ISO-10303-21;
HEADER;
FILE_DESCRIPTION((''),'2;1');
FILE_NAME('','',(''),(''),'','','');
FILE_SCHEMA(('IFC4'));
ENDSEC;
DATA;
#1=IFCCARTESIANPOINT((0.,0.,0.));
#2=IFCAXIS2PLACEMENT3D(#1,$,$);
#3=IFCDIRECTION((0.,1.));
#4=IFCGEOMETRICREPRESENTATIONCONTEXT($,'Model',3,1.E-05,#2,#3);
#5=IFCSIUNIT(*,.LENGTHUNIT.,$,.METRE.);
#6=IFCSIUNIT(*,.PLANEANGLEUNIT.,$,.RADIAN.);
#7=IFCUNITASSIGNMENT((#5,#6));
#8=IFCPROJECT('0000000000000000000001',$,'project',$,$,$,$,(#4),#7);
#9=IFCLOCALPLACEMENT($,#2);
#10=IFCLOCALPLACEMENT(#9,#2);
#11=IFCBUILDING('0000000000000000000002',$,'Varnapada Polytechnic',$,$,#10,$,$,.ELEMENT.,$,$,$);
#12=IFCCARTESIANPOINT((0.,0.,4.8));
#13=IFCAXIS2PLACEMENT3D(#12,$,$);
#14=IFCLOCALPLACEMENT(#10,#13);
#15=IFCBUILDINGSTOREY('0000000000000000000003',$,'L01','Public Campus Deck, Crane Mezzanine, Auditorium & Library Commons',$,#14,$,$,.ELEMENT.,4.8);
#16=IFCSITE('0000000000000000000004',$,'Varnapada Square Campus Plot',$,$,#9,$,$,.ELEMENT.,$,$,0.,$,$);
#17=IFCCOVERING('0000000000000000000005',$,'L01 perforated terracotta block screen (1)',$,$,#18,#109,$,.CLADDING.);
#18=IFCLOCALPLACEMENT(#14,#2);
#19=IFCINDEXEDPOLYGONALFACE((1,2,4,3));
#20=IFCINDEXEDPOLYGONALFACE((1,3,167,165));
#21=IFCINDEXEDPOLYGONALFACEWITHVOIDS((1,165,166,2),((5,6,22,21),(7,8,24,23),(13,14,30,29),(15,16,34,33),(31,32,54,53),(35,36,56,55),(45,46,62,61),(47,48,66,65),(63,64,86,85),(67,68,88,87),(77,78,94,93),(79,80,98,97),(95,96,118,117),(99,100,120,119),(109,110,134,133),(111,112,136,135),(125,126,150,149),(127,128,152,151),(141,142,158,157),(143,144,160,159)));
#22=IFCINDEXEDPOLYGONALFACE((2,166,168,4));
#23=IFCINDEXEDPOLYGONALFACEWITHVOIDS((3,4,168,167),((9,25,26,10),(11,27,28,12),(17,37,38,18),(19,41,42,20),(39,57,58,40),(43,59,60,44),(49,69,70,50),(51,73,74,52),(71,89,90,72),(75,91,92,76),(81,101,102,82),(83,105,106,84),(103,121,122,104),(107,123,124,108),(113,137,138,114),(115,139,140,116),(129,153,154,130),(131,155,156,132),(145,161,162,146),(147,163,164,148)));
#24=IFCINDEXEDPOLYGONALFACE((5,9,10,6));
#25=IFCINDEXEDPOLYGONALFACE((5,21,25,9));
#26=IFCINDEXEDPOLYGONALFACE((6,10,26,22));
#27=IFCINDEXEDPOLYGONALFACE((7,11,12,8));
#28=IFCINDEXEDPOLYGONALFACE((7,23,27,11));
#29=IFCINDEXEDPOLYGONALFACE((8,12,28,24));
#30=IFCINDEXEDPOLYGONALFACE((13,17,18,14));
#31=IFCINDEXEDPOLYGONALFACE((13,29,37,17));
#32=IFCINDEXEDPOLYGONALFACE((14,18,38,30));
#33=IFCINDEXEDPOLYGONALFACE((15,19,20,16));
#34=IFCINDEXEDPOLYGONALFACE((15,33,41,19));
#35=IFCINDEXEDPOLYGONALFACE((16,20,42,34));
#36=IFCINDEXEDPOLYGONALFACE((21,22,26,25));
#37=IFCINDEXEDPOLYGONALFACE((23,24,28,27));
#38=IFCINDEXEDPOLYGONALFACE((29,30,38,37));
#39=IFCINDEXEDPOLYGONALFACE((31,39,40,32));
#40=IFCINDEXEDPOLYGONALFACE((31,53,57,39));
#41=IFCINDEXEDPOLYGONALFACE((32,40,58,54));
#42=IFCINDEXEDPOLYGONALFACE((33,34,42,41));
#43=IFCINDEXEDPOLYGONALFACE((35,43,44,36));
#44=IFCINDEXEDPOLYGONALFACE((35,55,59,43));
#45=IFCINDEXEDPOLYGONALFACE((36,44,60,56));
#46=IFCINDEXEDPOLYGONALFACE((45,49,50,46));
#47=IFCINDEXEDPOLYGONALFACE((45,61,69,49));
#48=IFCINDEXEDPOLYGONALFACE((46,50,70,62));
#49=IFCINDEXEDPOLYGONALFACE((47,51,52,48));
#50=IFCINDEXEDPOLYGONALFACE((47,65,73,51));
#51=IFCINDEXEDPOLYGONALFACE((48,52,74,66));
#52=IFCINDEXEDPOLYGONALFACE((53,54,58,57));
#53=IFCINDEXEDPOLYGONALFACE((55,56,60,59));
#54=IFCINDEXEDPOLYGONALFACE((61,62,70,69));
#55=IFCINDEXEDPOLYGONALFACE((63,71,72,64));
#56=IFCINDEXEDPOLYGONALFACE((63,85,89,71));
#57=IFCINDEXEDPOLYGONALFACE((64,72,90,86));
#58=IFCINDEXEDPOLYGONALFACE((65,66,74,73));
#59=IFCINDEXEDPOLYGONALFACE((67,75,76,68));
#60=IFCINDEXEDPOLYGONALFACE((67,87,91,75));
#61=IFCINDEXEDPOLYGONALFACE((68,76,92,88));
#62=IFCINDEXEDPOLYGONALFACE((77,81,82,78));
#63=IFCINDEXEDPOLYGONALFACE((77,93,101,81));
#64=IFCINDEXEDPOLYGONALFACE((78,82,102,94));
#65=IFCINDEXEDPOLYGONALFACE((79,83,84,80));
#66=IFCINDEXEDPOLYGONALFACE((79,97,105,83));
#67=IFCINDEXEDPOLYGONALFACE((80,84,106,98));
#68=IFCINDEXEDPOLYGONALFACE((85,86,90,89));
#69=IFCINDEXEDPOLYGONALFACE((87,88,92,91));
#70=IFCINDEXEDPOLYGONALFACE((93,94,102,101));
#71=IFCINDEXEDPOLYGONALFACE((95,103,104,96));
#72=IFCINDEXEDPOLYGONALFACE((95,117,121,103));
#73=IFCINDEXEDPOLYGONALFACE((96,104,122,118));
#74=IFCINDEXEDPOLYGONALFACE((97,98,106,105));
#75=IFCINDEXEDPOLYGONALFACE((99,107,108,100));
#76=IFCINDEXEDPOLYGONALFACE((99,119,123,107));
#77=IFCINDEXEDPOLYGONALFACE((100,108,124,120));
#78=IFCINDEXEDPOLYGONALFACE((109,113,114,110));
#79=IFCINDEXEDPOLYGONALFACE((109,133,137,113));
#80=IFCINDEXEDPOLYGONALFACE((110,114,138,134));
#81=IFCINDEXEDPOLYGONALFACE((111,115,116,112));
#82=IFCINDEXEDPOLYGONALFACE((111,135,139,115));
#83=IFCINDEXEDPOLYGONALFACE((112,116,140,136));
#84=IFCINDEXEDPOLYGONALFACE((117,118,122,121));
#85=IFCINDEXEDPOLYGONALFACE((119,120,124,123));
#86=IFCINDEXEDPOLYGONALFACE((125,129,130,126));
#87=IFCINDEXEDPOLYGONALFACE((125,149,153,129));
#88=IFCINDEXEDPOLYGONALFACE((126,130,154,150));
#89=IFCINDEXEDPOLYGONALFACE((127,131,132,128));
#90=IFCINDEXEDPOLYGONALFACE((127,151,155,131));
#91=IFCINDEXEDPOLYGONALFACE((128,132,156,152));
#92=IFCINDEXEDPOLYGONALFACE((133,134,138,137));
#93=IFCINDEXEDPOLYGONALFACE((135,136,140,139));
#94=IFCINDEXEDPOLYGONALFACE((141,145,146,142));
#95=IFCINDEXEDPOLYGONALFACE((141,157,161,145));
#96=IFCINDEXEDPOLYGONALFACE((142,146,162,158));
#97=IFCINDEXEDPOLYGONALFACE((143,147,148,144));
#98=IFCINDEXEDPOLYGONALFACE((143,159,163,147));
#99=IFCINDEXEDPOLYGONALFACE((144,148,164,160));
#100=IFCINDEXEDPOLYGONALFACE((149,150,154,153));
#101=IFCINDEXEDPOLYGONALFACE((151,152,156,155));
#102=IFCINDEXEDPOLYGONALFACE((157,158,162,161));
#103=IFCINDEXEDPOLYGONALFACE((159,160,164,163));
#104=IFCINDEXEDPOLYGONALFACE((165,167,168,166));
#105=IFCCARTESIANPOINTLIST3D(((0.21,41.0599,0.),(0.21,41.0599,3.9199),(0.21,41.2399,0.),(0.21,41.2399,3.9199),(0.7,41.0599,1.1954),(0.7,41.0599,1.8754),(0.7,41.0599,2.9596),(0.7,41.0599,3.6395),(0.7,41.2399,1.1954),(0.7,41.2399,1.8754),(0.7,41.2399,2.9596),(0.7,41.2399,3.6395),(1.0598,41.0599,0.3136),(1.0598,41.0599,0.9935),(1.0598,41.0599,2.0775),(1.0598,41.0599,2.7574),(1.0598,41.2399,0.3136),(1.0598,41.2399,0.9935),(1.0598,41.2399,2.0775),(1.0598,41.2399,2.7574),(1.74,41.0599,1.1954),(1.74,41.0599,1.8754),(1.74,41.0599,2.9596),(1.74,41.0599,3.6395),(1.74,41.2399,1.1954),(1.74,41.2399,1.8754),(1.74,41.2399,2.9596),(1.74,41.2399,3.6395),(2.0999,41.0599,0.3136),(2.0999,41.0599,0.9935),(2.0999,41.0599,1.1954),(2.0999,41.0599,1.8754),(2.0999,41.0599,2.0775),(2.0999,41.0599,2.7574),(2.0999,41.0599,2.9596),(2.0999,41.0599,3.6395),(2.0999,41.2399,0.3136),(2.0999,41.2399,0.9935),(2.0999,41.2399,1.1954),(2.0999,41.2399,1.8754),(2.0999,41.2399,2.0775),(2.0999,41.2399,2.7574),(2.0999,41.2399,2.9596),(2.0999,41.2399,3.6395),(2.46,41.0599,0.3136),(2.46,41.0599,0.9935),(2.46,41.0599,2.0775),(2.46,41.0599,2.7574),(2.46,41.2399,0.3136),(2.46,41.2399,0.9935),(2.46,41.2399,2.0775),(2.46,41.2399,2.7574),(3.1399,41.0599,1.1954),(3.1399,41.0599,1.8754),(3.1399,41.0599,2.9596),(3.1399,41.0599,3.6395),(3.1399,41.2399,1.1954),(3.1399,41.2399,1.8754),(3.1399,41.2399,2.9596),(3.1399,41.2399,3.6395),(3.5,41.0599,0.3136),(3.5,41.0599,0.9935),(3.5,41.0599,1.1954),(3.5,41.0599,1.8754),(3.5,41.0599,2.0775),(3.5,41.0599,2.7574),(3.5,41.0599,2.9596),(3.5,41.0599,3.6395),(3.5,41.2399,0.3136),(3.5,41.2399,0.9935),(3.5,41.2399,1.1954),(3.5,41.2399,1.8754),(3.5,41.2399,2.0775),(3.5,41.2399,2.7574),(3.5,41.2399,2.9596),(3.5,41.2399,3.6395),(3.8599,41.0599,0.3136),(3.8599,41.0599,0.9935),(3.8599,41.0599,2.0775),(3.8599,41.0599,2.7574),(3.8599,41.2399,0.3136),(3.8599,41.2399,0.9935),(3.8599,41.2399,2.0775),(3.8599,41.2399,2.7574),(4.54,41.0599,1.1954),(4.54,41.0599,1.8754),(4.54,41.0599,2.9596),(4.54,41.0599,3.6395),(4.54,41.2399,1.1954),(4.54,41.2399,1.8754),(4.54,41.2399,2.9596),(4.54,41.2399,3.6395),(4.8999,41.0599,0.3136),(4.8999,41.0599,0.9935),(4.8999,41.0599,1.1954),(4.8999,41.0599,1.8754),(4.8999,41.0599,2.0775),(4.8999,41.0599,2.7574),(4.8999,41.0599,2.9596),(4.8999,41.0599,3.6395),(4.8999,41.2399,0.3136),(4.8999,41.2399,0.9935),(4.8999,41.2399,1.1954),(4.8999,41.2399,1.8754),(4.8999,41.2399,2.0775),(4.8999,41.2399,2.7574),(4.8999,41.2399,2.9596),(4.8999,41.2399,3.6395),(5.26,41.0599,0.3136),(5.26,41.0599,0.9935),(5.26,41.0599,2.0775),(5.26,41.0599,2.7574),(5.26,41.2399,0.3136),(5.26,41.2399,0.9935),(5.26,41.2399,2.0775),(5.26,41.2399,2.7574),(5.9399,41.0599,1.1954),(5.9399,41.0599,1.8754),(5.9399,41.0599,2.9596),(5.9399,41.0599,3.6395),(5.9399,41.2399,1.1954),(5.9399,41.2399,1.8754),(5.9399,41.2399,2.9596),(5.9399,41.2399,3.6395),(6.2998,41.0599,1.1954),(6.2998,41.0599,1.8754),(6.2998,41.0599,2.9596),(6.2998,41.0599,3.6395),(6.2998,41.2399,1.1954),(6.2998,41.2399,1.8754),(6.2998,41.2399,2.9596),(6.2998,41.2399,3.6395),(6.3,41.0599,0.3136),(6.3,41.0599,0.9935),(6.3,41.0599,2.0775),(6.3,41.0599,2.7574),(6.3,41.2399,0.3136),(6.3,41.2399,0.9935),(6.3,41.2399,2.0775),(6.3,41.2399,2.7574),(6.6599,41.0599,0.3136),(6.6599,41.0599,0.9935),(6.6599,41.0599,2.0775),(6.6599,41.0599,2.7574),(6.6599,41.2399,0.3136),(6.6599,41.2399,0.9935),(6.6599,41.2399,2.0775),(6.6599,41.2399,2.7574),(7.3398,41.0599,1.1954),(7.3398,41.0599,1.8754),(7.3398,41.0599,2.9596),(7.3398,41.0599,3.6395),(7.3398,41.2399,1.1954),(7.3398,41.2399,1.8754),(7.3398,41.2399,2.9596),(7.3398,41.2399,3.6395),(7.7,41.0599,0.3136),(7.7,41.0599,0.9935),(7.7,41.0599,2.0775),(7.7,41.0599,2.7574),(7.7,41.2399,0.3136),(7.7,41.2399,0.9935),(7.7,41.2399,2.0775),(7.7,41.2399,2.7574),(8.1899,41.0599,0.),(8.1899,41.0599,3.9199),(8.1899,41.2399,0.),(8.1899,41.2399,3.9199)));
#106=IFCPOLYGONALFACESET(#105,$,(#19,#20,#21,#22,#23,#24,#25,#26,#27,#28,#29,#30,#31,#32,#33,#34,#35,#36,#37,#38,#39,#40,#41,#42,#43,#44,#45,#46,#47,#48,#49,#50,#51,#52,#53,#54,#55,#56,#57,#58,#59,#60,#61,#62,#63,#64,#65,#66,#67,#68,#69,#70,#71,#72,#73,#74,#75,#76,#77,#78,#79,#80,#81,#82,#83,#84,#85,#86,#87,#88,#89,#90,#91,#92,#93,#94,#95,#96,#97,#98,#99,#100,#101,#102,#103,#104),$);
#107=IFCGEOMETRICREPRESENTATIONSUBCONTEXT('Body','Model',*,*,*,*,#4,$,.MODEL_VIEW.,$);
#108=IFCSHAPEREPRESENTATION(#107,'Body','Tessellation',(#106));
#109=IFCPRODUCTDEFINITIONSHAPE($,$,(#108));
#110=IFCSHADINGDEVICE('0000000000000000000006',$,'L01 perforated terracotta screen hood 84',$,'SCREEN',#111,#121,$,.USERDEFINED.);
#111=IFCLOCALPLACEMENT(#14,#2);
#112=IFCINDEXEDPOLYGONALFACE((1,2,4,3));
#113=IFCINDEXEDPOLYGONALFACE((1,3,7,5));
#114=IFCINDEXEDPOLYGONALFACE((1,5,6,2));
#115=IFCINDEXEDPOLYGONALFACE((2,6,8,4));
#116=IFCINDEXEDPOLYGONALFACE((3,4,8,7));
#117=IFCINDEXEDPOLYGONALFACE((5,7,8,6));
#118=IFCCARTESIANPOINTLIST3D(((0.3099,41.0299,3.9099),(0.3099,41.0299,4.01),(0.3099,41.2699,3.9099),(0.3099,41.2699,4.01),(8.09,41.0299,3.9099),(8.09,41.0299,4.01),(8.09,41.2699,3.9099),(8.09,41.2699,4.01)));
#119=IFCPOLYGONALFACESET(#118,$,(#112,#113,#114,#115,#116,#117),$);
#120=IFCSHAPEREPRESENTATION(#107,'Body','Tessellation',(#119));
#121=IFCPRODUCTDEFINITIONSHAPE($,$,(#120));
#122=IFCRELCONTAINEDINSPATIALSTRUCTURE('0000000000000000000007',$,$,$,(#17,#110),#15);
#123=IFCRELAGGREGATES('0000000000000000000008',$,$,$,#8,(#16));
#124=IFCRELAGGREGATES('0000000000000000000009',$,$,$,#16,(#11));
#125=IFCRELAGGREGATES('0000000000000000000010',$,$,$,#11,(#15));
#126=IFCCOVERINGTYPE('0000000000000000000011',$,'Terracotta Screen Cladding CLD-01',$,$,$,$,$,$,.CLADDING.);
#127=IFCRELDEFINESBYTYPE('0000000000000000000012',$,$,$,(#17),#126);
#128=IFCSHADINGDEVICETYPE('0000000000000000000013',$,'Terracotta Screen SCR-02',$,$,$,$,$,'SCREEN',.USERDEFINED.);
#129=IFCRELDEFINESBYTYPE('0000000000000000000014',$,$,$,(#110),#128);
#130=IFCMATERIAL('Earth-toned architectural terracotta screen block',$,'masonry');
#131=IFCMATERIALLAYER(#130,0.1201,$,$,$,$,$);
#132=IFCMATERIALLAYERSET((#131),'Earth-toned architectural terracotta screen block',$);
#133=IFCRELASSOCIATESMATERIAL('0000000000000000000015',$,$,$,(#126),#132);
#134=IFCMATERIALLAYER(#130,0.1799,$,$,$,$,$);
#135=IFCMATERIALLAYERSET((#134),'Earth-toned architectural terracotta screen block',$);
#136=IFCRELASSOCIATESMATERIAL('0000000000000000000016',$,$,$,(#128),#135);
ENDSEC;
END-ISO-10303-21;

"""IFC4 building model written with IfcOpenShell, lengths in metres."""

from ifc_helpers import new_model, si_unit, direction, frame, frame_2d, origin, origin_2d, place, context, subcontext, project, spatial, rectangle, extrude, material, layer, layer_set, type_object, element, save


model = new_model("IFC4")

# Units and contexts
model_context = context("Model", 3, precision=1e-05, world=origin(), true_north=direction((0.0, 1.0)))
body_context = subcontext(model_context, "Body", "Model", "MODEL_VIEW")
ifc_project = project(units=[si_unit("LENGTHUNIT", "METRE"), si_unit("PLANEANGLEUNIT", "RADIAN")], contexts=[model_context])

# Site, building, storey
site_placement = place(None, origin())
site = spatial("IfcSite", under=ifc_project, at=site_placement, Name="Varnapada Square Campus Plot", CompositionType="ELEMENT", RefElevation=0.0)
building_placement = place(site_placement, origin())
building = spatial("IfcBuilding", under=site, at=building_placement, Name="Varnapada Polytechnic", CompositionType="ELEMENT")
storey_placement = place(building_placement, frame((0.0, 0.0, 4.8)))
storey = spatial("IfcBuildingStorey", under=building, at=storey_placement, Name="L01", Description="Public Campus Deck, Crane Mezzanine, Auditorium & Library Commons", CompositionType="ELEMENT", Elevation=4.8)

# Covering, openings
ifc_material_1 = material(Name="Earth-toned architectural terracotta screen block", Category="masonry")
ifc_layer_1 = layer(ifc_material_1, 0.1201)
ifc_layer_set_1 = layer_set([ifc_layer_1], Name="Earth-toned architectural terracotta screen block")
covering_type = type_object("IfcCoveringType", Name="Terracotta Screen Cladding CLD-01", PredefinedType="CLADDING", material=ifc_layer_set_1)
covering_placement = place(storey_placement, frame((8.1899, 41.1499, 0.0), z_axis=(0.0, 0.0, 1.0), x_axis=(-1.0, 0.0, 0.0)))
covering = element("IfcCovering", 1, at=covering_placement, inside=storey, type_object=covering_type, Name="L01 perforated terracotta block screen (1)", PredefinedType="CLADDING", context=body_context, shape_type="SweptSolid", body=[
    extrude(rectangle(XDim=7.98, YDim=0.1799, at=frame_2d((3.99, 0.0))), origin(), (0.0, 0.0, 1.0), 3.9199),
])
opening_1_placement = place(covering_placement, frame((0.49, 0.0, 0.3137)))
element("IfcOpeningElement", 2, at=opening_1_placement, cuts=covering, PredefinedType="OPENING", context=body_context, shape_type="SweptSolid", body=[
    extrude(rectangle(XDim=1.04, YDim=0.6799, at=frame_2d((0.52, 0.3398))), frame((0.0, 0.0999, 0.0), z_axis=(0.0, -1.0, 0.0), x_axis=(1.0, 0.0, 0.0)), (0.0, 0.0, 1.0), 0.2),
])
opening_2_placement = place(covering_placement, frame((1.8899, 0.0, 0.3137)))
element("IfcOpeningElement", 3, at=opening_2_placement, cuts=covering, PredefinedType="OPENING", context=body_context, shape_type="SweptSolid", body=[
    extrude(rectangle(XDim=1.04, YDim=0.6799, at=frame_2d((0.52, 0.3398))), frame((0.0, 0.0999, 0.0), z_axis=(0.0, -1.0, 0.0), x_axis=(1.0, 0.0, 0.0)), (0.0, 0.0, 1.0), 0.2),
])
opening_3_placement = place(covering_placement, frame((3.29, 0.0, 0.3137)))
element("IfcOpeningElement", 4, at=opening_3_placement, cuts=covering, PredefinedType="OPENING", context=body_context, shape_type="SweptSolid", body=[
    extrude(rectangle(XDim=1.04, YDim=0.6799, at=frame_2d((0.52, 0.3398))), frame((0.0, 0.0999, 0.0), z_axis=(0.0, -1.0, 0.0), x_axis=(1.0, 0.0, 0.0)), (0.0, 0.0, 1.0), 0.2),
])
opening_4_placement = place(covering_placement, frame((4.6899, 0.0, 0.3137)))
element("IfcOpeningElement", 5, at=opening_4_placement, cuts=covering, PredefinedType="OPENING", context=body_context, shape_type="SweptSolid", body=[
    extrude(rectangle(XDim=1.04, YDim=0.6799, at=frame_2d((0.52, 0.3398))), frame((0.0, 0.0999, 0.0), z_axis=(0.0, -1.0, 0.0), x_axis=(1.0, 0.0, 0.0)), (0.0, 0.0, 1.0), 0.2),
])
opening_5_placement = place(covering_placement, frame((6.0901, 0.0, 0.3137)))
element("IfcOpeningElement", 6, at=opening_5_placement, cuts=covering, PredefinedType="OPENING", context=body_context, shape_type="SweptSolid", body=[
    extrude(rectangle(XDim=1.04, YDim=0.6799, at=frame_2d((0.52, 0.3398))), frame((0.0, 0.0999, 0.0), z_axis=(0.0, -1.0, 0.0), x_axis=(1.0, 0.0, 0.0)), (0.0, 0.0, 1.0), 0.2),
])
opening_6_placement = place(covering_placement, frame((0.8501, 0.0, 1.1956)))
element("IfcOpeningElement", 7, at=opening_6_placement, cuts=covering, PredefinedType="OPENING", context=body_context, shape_type="SweptSolid", body=[
    extrude(rectangle(XDim=1.04, YDim=0.6799, at=frame_2d((0.52, 0.3398))), frame((0.0, 0.0999, 0.0), z_axis=(0.0, -1.0, 0.0), x_axis=(1.0, 0.0, 0.0)), (0.0, 0.0, 1.0), 0.2),
])
opening_7_placement = place(covering_placement, frame((2.25, 0.0, 1.1956)))
element("IfcOpeningElement", 8, at=opening_7_placement, cuts=covering, PredefinedType="OPENING", context=body_context, shape_type="SweptSolid", body=[
    extrude(rectangle(XDim=1.04, YDim=0.6799, at=frame_2d((0.52, 0.3398))), frame((0.0, 0.0999, 0.0), z_axis=(0.0, -1.0, 0.0), x_axis=(1.0, 0.0, 0.0)), (0.0, 0.0, 1.0), 0.2),
])
opening_8_placement = place(covering_placement, frame((3.6499, 0.0, 1.1956)))
element("IfcOpeningElement", 9, at=opening_8_placement, cuts=covering, PredefinedType="OPENING", context=body_context, shape_type="SweptSolid", body=[
    extrude(rectangle(XDim=1.04, YDim=0.6799, at=frame_2d((0.52, 0.3398))), frame((0.0, 0.0999, 0.0), z_axis=(0.0, -1.0, 0.0), x_axis=(1.0, 0.0, 0.0)), (0.0, 0.0, 1.0), 0.2),
])
opening_9_placement = place(covering_placement, frame((5.05, 0.0, 1.1956)))
element("IfcOpeningElement", 10, at=opening_9_placement, cuts=covering, PredefinedType="OPENING", context=body_context, shape_type="SweptSolid", body=[
    extrude(rectangle(XDim=1.04, YDim=0.6799, at=frame_2d((0.52, 0.3398))), frame((0.0, 0.0999, 0.0), z_axis=(0.0, -1.0, 0.0), x_axis=(1.0, 0.0, 0.0)), (0.0, 0.0, 1.0), 0.2),
])
opening_10_placement = place(covering_placement, frame((6.45, 0.0, 1.1956)))
element("IfcOpeningElement", 11, at=opening_10_placement, cuts=covering, PredefinedType="OPENING", context=body_context, shape_type="SweptSolid", body=[
    extrude(rectangle(XDim=1.04, YDim=0.6799, at=frame_2d((0.52, 0.3398))), frame((0.0, 0.0999, 0.0), z_axis=(0.0, -1.0, 0.0), x_axis=(1.0, 0.0, 0.0)), (0.0, 0.0, 1.0), 0.2),
])
opening_11_placement = place(covering_placement, frame((0.49, 0.0, 2.0776)))
element("IfcOpeningElement", 12, at=opening_11_placement, cuts=covering, PredefinedType="OPENING", context=body_context, shape_type="SweptSolid", body=[
    extrude(rectangle(XDim=1.04, YDim=0.6799, at=frame_2d((0.52, 0.3398))), frame((0.0, 0.0999, 0.0), z_axis=(0.0, -1.0, 0.0), x_axis=(1.0, 0.0, 0.0)), (0.0, 0.0, 1.0), 0.2),
])
opening_12_placement = place(covering_placement, frame((1.8899, 0.0, 2.0776)))
element("IfcOpeningElement", 13, at=opening_12_placement, cuts=covering, PredefinedType="OPENING", context=body_context, shape_type="SweptSolid", body=[
    extrude(rectangle(XDim=1.04, YDim=0.6799, at=frame_2d((0.52, 0.3398))), frame((0.0, 0.0999, 0.0), z_axis=(0.0, -1.0, 0.0), x_axis=(1.0, 0.0, 0.0)), (0.0, 0.0, 1.0), 0.2),
])
opening_13_placement = place(covering_placement, frame((3.29, 0.0, 2.0776)))
element("IfcOpeningElement", 14, at=opening_13_placement, cuts=covering, PredefinedType="OPENING", context=body_context, shape_type="SweptSolid", body=[
    extrude(rectangle(XDim=1.04, YDim=0.6799, at=frame_2d((0.52, 0.3398))), frame((0.0, 0.0999, 0.0), z_axis=(0.0, -1.0, 0.0), x_axis=(1.0, 0.0, 0.0)), (0.0, 0.0, 1.0), 0.2),
])
opening_14_placement = place(covering_placement, frame((4.6899, 0.0, 2.0776)))
element("IfcOpeningElement", 15, at=opening_14_placement, cuts=covering, PredefinedType="OPENING", context=body_context, shape_type="SweptSolid", body=[
    extrude(rectangle(XDim=1.04, YDim=0.6799, at=frame_2d((0.52, 0.3398))), frame((0.0, 0.0999, 0.0), z_axis=(0.0, -1.0, 0.0), x_axis=(1.0, 0.0, 0.0)), (0.0, 0.0, 1.0), 0.2),
])
opening_15_placement = place(covering_placement, frame((6.0901, 0.0, 2.0776)))
element("IfcOpeningElement", 16, at=opening_15_placement, cuts=covering, PredefinedType="OPENING", context=body_context, shape_type="SweptSolid", body=[
    extrude(rectangle(XDim=1.04, YDim=0.6799, at=frame_2d((0.52, 0.3398))), frame((0.0, 0.0999, 0.0), z_axis=(0.0, -1.0, 0.0), x_axis=(1.0, 0.0, 0.0)), (0.0, 0.0, 1.0), 0.2),
])
opening_16_placement = place(covering_placement, frame((0.8501, 0.0, 2.9597)))
element("IfcOpeningElement", 17, at=opening_16_placement, cuts=covering, PredefinedType="OPENING", context=body_context, shape_type="SweptSolid", body=[
    extrude(rectangle(XDim=1.04, YDim=0.6799, at=frame_2d((0.52, 0.3398))), frame((0.0, 0.0999, 0.0), z_axis=(0.0, -1.0, 0.0), x_axis=(1.0, 0.0, 0.0)), (0.0, 0.0, 1.0), 0.2),
])
opening_17_placement = place(covering_placement, frame((2.25, 0.0, 2.9597)))
element("IfcOpeningElement", 18, at=opening_17_placement, cuts=covering, PredefinedType="OPENING", context=body_context, shape_type="SweptSolid", body=[
    extrude(rectangle(XDim=1.04, YDim=0.6799, at=frame_2d((0.52, 0.3398))), frame((0.0, 0.0999, 0.0), z_axis=(0.0, -1.0, 0.0), x_axis=(1.0, 0.0, 0.0)), (0.0, 0.0, 1.0), 0.2),
])
opening_18_placement = place(covering_placement, frame((3.6499, 0.0, 2.9597)))
element("IfcOpeningElement", 19, at=opening_18_placement, cuts=covering, PredefinedType="OPENING", context=body_context, shape_type="SweptSolid", body=[
    extrude(rectangle(XDim=1.04, YDim=0.6799, at=frame_2d((0.52, 0.3398))), frame((0.0, 0.0999, 0.0), z_axis=(0.0, -1.0, 0.0), x_axis=(1.0, 0.0, 0.0)), (0.0, 0.0, 1.0), 0.2),
])
opening_19_placement = place(covering_placement, frame((5.05, 0.0, 2.9597)))
element("IfcOpeningElement", 20, at=opening_19_placement, cuts=covering, PredefinedType="OPENING", context=body_context, shape_type="SweptSolid", body=[
    extrude(rectangle(XDim=1.04, YDim=0.6799, at=frame_2d((0.52, 0.3398))), frame((0.0, 0.0999, 0.0), z_axis=(0.0, -1.0, 0.0), x_axis=(1.0, 0.0, 0.0)), (0.0, 0.0, 1.0), 0.2),
])
opening_20_placement = place(covering_placement, frame((6.45, 0.0, 2.9597)))
element("IfcOpeningElement", 21, at=opening_20_placement, cuts=covering, PredefinedType="OPENING", context=body_context, shape_type="SweptSolid", body=[
    extrude(rectangle(XDim=1.04, YDim=0.6799, at=frame_2d((0.52, 0.3398))), frame((0.0, 0.0999, 0.0), z_axis=(0.0, -1.0, 0.0), x_axis=(1.0, 0.0, 0.0)), (0.0, 0.0, 1.0), 0.2),
])

# Shading device
ifc_layer_2 = layer(ifc_material_1, 0.1799)
ifc_layer_set_2 = layer_set([ifc_layer_2], Name="Earth-toned architectural terracotta screen block")
shading_device_type = type_object("IfcShadingDeviceType", Name="Terracotta Screen SCR-02", ElementType="SCREEN", PredefinedType="USERDEFINED", material=ifc_layer_set_2)
shading_device_1_placement = place(storey_placement, frame((4.2, 41.1499, 3.9099), z_axis=(0.0, 0.0, 1.0), x_axis=(-1.0, 0.0, 0.0)))
element("IfcShadingDevice", 22, at=shading_device_1_placement, inside=storey, type_object=shading_device_type, Name="L01 perforated terracotta screen hood 84", ObjectType="SCREEN", PredefinedType="USERDEFINED", context=body_context, shape_type="SweptSolid", body=[
    extrude(rectangle(XDim=7.78, YDim=0.24, at=origin_2d()), origin(), (0.0, 0.0, 1.0), 0.1001),
])

save(model, "model.ifc")
